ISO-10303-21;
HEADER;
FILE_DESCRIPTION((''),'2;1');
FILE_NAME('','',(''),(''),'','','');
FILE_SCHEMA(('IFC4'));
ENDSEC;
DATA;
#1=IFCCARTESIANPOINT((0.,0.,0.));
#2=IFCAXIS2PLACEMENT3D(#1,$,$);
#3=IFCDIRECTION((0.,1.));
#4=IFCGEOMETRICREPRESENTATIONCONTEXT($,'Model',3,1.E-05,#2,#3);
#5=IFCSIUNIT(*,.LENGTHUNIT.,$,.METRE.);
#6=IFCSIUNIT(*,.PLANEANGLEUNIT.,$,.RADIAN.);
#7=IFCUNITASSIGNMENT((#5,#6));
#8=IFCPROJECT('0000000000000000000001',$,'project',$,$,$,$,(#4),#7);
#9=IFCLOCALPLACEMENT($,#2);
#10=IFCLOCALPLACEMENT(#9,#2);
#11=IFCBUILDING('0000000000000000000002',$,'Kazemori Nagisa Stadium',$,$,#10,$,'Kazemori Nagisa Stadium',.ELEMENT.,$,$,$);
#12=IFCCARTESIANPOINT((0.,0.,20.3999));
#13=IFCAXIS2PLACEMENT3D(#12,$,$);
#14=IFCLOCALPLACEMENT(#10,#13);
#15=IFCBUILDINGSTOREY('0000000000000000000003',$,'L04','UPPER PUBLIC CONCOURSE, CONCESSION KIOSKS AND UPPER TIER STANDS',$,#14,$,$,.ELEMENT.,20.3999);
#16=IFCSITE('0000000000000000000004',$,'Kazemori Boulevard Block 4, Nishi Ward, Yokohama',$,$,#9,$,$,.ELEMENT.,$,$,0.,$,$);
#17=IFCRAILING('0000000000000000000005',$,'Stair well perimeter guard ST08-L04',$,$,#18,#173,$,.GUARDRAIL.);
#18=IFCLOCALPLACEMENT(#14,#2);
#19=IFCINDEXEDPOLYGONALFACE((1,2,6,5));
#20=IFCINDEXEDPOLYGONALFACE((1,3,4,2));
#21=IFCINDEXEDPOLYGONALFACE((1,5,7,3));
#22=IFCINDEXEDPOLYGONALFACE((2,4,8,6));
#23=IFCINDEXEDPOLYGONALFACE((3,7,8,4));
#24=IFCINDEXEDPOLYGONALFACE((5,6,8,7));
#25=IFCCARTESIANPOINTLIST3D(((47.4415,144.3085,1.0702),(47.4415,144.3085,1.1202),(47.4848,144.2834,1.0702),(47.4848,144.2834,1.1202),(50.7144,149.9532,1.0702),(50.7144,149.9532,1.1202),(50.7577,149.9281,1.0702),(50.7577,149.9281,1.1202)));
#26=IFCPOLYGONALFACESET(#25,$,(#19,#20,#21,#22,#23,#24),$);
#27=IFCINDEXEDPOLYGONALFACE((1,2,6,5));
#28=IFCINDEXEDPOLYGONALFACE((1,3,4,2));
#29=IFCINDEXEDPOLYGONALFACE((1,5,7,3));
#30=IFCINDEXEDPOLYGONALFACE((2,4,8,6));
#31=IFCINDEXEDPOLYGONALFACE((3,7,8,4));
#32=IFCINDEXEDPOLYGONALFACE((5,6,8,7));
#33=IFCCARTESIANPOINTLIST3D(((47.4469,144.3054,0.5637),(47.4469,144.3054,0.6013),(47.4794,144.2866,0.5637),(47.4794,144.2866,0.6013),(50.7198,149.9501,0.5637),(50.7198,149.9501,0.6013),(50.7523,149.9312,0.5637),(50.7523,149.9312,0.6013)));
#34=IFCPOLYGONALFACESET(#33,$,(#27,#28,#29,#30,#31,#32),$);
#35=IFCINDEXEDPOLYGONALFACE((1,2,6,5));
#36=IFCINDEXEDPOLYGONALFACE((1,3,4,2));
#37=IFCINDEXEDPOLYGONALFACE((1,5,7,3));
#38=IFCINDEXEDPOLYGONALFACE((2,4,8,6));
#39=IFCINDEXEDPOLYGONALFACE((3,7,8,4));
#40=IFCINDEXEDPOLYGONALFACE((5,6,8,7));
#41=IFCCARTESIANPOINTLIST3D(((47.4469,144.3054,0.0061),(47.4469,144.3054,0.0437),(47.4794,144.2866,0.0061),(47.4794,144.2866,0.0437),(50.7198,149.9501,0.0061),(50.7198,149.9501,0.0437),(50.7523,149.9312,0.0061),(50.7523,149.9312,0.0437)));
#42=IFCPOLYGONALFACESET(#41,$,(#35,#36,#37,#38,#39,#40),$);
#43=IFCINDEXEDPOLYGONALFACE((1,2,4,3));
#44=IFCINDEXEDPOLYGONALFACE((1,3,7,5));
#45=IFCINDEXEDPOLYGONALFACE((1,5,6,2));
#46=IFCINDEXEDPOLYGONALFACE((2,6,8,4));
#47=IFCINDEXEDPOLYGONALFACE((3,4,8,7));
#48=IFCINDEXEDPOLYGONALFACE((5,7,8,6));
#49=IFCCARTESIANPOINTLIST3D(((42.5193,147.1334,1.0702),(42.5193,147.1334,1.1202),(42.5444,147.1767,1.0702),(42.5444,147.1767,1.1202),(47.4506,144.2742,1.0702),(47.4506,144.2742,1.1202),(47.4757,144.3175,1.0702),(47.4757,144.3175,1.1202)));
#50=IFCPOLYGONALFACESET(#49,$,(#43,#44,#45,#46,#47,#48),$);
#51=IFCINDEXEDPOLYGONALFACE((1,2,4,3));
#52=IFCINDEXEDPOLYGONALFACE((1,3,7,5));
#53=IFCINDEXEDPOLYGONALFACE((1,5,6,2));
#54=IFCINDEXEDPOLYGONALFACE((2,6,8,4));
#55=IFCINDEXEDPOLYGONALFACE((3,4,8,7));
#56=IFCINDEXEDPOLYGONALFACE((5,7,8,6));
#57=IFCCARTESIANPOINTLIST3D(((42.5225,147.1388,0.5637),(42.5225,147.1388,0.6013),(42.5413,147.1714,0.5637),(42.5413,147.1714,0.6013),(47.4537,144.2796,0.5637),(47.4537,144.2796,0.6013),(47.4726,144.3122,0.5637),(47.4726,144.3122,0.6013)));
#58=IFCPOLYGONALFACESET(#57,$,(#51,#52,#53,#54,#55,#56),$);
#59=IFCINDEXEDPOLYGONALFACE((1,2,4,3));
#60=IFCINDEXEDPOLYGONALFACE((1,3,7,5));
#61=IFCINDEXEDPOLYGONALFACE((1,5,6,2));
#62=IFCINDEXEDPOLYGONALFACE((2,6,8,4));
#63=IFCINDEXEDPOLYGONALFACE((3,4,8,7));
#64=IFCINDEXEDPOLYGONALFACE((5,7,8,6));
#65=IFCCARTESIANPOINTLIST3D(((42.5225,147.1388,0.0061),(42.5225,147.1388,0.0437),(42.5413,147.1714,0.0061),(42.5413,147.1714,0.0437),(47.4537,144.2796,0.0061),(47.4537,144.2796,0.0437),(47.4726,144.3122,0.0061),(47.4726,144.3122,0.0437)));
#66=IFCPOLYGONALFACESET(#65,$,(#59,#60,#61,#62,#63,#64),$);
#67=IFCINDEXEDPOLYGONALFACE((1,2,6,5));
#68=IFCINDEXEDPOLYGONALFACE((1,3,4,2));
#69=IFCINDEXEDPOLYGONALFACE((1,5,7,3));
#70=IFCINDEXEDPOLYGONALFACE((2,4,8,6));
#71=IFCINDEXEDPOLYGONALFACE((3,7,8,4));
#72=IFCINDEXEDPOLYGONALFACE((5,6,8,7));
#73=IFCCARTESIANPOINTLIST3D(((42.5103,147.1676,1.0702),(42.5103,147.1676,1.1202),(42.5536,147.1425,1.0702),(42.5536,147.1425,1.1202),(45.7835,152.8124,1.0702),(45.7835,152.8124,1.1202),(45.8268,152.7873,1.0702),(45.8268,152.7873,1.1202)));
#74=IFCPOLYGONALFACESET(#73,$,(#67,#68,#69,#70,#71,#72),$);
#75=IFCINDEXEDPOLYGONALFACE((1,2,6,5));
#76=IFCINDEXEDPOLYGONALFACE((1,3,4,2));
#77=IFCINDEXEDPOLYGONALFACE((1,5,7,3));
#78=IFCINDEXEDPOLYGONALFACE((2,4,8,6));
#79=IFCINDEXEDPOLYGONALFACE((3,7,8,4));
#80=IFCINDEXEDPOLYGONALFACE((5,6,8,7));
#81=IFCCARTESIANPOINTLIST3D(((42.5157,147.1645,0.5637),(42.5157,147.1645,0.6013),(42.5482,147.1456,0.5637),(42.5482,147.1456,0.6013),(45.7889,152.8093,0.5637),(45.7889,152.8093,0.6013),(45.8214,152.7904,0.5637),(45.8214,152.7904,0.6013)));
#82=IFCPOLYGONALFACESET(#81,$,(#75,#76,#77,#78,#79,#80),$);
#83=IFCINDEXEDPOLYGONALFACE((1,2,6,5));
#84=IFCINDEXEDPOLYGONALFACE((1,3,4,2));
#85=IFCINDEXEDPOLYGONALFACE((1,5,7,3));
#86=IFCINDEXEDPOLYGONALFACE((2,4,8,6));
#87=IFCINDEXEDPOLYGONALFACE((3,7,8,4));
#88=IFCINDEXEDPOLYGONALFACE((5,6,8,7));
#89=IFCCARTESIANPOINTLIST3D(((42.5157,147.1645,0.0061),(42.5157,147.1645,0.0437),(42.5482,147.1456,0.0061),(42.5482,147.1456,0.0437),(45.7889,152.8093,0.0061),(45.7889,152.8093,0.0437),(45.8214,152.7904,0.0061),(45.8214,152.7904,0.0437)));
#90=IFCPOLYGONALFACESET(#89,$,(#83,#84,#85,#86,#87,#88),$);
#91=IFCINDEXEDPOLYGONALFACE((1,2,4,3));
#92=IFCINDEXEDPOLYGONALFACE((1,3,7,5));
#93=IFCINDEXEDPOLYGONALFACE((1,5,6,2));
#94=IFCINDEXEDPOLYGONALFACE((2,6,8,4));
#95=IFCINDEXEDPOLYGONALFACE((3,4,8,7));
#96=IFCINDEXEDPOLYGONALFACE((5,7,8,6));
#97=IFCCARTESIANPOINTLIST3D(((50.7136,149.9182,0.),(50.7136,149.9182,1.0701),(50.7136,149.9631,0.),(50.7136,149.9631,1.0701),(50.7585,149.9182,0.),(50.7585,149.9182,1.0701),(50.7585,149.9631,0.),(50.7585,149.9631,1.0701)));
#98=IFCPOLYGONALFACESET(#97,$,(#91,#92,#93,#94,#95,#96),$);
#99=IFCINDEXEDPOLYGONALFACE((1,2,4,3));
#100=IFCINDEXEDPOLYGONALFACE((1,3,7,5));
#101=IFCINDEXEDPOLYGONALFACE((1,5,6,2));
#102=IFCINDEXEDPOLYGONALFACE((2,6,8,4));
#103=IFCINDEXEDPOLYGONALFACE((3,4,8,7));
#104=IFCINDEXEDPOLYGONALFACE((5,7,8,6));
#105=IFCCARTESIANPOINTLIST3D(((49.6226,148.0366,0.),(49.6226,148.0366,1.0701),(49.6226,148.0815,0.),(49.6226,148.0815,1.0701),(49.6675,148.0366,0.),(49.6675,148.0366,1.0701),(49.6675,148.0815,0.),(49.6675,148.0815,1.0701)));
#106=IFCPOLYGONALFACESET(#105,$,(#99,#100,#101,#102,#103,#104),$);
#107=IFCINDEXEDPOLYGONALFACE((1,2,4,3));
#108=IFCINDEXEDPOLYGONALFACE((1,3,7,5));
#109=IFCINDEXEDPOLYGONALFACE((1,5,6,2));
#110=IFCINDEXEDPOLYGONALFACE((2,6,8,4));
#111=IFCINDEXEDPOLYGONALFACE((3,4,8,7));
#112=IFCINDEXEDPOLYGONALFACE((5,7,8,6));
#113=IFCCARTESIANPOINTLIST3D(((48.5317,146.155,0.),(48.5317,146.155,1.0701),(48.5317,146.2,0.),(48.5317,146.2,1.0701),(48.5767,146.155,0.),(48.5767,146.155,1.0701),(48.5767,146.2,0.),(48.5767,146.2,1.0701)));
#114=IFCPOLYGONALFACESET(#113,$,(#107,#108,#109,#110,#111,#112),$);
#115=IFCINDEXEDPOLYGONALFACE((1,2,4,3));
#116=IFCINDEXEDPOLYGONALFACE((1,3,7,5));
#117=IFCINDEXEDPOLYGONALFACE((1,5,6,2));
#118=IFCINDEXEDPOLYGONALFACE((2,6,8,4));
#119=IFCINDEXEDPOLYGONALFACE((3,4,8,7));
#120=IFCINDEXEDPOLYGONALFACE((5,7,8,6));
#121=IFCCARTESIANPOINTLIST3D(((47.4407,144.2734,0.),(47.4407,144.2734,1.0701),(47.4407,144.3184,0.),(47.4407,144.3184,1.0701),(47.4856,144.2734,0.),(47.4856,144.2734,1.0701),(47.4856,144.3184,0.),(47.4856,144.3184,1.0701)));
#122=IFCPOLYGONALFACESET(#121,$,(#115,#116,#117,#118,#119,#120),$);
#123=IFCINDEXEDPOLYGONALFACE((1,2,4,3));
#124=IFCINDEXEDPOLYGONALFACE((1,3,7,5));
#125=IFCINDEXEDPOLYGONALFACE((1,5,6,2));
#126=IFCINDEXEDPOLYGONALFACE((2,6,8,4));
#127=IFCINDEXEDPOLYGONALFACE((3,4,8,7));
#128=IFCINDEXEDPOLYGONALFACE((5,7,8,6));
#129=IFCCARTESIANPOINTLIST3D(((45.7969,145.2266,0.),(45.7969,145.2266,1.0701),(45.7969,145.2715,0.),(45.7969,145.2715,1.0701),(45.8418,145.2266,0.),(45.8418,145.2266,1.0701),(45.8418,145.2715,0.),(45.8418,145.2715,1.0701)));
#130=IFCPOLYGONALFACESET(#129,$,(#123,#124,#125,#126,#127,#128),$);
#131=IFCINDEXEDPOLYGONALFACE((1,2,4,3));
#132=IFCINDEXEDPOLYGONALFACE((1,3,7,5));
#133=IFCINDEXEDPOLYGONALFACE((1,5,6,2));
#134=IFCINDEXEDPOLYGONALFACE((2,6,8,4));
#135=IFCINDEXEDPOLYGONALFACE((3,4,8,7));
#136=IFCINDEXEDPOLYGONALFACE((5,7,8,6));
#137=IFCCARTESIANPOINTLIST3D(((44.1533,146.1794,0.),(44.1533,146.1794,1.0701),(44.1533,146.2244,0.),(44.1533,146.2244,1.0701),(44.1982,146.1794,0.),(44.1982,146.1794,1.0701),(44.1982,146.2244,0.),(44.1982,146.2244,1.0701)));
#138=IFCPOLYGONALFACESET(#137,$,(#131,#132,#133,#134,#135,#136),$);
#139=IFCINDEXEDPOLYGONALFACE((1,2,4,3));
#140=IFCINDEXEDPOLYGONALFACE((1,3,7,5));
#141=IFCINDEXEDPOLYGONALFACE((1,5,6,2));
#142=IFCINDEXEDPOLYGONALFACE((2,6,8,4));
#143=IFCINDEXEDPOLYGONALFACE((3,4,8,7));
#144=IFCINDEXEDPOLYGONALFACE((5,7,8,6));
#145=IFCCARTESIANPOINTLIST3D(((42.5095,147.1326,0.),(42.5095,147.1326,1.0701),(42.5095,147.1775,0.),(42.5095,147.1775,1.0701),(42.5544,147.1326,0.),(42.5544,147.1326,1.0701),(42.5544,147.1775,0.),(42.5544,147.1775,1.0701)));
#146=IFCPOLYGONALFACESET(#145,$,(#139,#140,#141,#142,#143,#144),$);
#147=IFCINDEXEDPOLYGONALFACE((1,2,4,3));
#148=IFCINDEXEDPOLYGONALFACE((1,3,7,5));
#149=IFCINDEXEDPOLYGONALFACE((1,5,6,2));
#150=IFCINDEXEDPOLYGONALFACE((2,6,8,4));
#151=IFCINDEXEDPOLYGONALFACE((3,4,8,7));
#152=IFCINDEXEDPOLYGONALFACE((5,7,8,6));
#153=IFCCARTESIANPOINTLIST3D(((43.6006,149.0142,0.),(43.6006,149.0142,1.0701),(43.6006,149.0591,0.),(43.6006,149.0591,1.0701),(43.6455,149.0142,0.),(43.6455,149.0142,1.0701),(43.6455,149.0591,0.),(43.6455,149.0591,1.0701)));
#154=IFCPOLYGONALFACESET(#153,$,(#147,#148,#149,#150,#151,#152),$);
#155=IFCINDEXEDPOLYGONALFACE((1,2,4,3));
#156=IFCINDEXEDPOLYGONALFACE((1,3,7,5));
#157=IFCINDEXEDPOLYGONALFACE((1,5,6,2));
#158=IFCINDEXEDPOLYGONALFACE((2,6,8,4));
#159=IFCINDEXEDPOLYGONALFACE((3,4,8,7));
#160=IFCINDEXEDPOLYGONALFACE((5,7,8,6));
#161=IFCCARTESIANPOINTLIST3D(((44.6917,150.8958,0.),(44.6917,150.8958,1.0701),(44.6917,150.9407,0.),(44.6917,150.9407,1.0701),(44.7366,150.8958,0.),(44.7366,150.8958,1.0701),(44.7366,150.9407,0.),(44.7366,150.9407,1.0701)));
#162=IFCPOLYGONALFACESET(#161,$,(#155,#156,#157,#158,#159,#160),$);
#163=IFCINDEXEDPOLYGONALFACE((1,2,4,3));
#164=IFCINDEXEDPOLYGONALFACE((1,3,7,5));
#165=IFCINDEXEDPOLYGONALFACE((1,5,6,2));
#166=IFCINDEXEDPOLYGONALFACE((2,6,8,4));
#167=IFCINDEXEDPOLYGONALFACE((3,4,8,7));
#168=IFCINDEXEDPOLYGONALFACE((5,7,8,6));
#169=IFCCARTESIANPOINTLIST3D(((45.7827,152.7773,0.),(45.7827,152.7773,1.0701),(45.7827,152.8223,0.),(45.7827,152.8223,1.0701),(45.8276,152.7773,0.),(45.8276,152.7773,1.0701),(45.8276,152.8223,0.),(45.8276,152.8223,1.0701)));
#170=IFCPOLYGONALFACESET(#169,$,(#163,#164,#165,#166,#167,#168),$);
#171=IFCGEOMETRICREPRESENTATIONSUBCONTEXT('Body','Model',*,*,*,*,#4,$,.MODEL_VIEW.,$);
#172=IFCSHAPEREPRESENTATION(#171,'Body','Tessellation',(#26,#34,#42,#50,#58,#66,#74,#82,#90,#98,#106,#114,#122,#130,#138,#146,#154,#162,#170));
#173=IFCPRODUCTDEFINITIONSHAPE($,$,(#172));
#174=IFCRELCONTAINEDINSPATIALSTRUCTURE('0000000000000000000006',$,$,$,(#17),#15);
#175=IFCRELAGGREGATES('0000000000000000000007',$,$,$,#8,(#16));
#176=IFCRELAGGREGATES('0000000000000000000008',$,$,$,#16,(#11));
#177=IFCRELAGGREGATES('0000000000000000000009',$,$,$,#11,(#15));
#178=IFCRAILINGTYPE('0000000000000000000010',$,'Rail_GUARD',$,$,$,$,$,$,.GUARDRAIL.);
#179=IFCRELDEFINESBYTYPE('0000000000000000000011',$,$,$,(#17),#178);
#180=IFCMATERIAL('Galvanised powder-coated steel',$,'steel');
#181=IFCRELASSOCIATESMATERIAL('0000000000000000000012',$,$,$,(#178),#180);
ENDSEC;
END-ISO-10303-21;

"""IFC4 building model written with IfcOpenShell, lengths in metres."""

from ifc_helpers import new_model, si_unit, direction, frame, origin, origin_2d, place, context, subcontext, project, spatial, rectangle, extrude, material, type_object, element, save


model = new_model("IFC4")

# Units and contexts
model_context = context("Model", 3, precision=1e-05, world=origin(), true_north=direction((0.0, 1.0)))
body_context = subcontext(model_context, "Body", "Model", "MODEL_VIEW")
ifc_project = project(units=[si_unit("LENGTHUNIT", "METRE"), si_unit("PLANEANGLEUNIT", "RADIAN")], contexts=[model_context])

# Site, building, storey
site_placement = place(None, origin())
site = spatial("IfcSite", under=ifc_project, at=site_placement, Name="Kazemori Boulevard Block 4, Nishi Ward, Yokohama", CompositionType="ELEMENT", RefElevation=0.0)
building_placement = place(site_placement, origin())
building = spatial("IfcBuilding", under=site, at=building_placement, Name="Kazemori Nagisa Stadium", LongName="Kazemori Nagisa Stadium", CompositionType="ELEMENT")
storey_placement = place(building_placement, frame((0.0, 0.0, 20.3999)))
storey = spatial("IfcBuildingStorey", under=building, at=storey_placement, Name="L04", Description="UPPER PUBLIC CONCOURSE, CONCESSION KIOSKS AND UPPER TIER STANDS", CompositionType="ELEMENT", Elevation=20.3999)

# Railing
ifc_material_1 = material(Name="Galvanised powder-coated steel", Category="steel")
railing_type_1 = type_object("IfcRailingType", Name="Rail_GUARD", PredefinedType="GUARDRAIL", material=ifc_material_1)
railing_1_placement = place(storey_placement, frame((50.7361, 149.9407, 0.0)))
element("IfcRailing", 1, at=railing_1_placement, inside=storey, type_object=railing_type_1, Name="Stair well perimeter guard ST08-L04", PredefinedType="GUARDRAIL", context=body_context, shape_type="SweptSolid", body=[
    extrude(rectangle(XDim=0.05, YDim=0.05, at=origin_2d()), frame((0.0, 0.0, 1.0952), z_axis=(-0.501601, -0.865099, 0.0), x_axis=(0.865099, -0.501601, 0.0)), (0.0, 0.0, 1.0), 6.5249),
    extrude(rectangle(XDim=0.0376, YDim=0.0376, at=origin_2d()), frame((0.0, 0.0, 0.5825), z_axis=(-0.501601, -0.865099, 0.0), x_axis=(0.865099, -0.501601, 0.0)), (0.0, 0.0, 1.0), 6.5249),
    extrude(rectangle(XDim=0.0376, YDim=0.0376, at=origin_2d()), frame((0.0, 0.0, 0.0249), z_axis=(-0.501601, -0.865099, 0.0), x_axis=(0.865099, -0.501601, 0.0)), (0.0, 0.0, 1.0), 6.5249),
    extrude(rectangle(XDim=0.05, YDim=0.05, at=origin_2d()), frame((-3.2729, -5.6448, 1.0952), z_axis=(-0.865103, 0.501595, 0.0), x_axis=(-0.501595, -0.865103, 0.0)), (0.0, 0.0, 1.0), 5.7002),
    extrude(rectangle(XDim=0.0376, YDim=0.0376, at=origin_2d()), frame((-3.2729, -5.6448, 0.5825), z_axis=(-0.865103, 0.501595, 0.0), x_axis=(-0.501595, -0.865103, 0.0)), (0.0, 0.0, 1.0), 5.7002),
    extrude(rectangle(XDim=0.0376, YDim=0.0376, at=origin_2d()), frame((-3.2729, -5.6448, 0.0249), z_axis=(-0.865103, 0.501595, 0.0), x_axis=(-0.501595, -0.865103, 0.0)), (0.0, 0.0, 1.0), 5.7002),
    extrude(rectangle(XDim=0.05, YDim=0.05, at=origin_2d()), frame((-8.2041, -2.7856, 1.0952), z_axis=(0.501629, 0.865083, 0.0), x_axis=(-0.865083, 0.501629, 0.0)), (0.0, 0.0, 1.0), 6.5251),
    extrude(rectangle(XDim=0.0376, YDim=0.0376, at=origin_2d()), frame((-8.2041, -2.7856, 0.5825), z_axis=(0.501629, 0.865083, 0.0), x_axis=(-0.865083, 0.501629, 0.0)), (0.0, 0.0, 1.0), 6.5251),
    extrude(rectangle(XDim=0.0376, YDim=0.0376, at=origin_2d()), frame((-8.2041, -2.7856, 0.0249), z_axis=(0.501629, 0.865083, 0.0), x_axis=(-0.865083, 0.501629, 0.0)), (0.0, 0.0, 1.0), 6.5251),
    extrude(rectangle(XDim=0.0449, YDim=0.0449, at=origin_2d()), origin(), (0.0, 0.0, 1.0), 1.0701),
    extrude(rectangle(XDim=0.0449, YDim=0.0449, at=origin_2d()), frame((-1.0911, -1.8816, 0.0)), (0.0, 0.0, 1.0), 1.0701),
    extrude(rectangle(XDim=0.0449, YDim=0.0449, at=origin_2d()), frame((-2.1819, -3.7632, 0.0)), (0.0, 0.0, 1.0), 1.0701),
    extrude(rectangle(XDim=0.0449, YDim=0.0449, at=origin_2d()), frame((-3.2729, -5.6448, 0.0)), (0.0, 0.0, 1.0), 1.0701),
    extrude(rectangle(XDim=0.0449, YDim=0.0449, at=origin_2d()), frame((-4.9167, -4.6917, 0.0)), (0.0, 0.0, 1.0), 1.0701),
    extrude(rectangle(XDim=0.0449, YDim=0.0449, at=origin_2d()), frame((-6.5603, -3.7388, 0.0)), (0.0, 0.0, 1.0), 1.0701),
    extrude(rectangle(XDim=0.0449, YDim=0.0449, at=origin_2d()), frame((-8.2041, -2.7856, 0.0)), (0.0, 0.0, 1.0), 1.0701),
    extrude(rectangle(XDim=0.0449, YDim=0.0449, at=origin_2d()), frame((-7.113, -0.9041, 0.0)), (0.0, 0.0, 1.0), 1.0701),
    extrude(rectangle(XDim=0.0449, YDim=0.0449, at=origin_2d()), frame((-6.022, 0.9775, 0.0)), (0.0, 0.0, 1.0), 1.0701),
    extrude(rectangle(XDim=0.0449, YDim=0.0449, at=origin_2d()), frame((-4.9309, 2.8591, 0.0)), (0.0, 0.0, 1.0), 1.0701),
])

save(model, "model.ifc")
